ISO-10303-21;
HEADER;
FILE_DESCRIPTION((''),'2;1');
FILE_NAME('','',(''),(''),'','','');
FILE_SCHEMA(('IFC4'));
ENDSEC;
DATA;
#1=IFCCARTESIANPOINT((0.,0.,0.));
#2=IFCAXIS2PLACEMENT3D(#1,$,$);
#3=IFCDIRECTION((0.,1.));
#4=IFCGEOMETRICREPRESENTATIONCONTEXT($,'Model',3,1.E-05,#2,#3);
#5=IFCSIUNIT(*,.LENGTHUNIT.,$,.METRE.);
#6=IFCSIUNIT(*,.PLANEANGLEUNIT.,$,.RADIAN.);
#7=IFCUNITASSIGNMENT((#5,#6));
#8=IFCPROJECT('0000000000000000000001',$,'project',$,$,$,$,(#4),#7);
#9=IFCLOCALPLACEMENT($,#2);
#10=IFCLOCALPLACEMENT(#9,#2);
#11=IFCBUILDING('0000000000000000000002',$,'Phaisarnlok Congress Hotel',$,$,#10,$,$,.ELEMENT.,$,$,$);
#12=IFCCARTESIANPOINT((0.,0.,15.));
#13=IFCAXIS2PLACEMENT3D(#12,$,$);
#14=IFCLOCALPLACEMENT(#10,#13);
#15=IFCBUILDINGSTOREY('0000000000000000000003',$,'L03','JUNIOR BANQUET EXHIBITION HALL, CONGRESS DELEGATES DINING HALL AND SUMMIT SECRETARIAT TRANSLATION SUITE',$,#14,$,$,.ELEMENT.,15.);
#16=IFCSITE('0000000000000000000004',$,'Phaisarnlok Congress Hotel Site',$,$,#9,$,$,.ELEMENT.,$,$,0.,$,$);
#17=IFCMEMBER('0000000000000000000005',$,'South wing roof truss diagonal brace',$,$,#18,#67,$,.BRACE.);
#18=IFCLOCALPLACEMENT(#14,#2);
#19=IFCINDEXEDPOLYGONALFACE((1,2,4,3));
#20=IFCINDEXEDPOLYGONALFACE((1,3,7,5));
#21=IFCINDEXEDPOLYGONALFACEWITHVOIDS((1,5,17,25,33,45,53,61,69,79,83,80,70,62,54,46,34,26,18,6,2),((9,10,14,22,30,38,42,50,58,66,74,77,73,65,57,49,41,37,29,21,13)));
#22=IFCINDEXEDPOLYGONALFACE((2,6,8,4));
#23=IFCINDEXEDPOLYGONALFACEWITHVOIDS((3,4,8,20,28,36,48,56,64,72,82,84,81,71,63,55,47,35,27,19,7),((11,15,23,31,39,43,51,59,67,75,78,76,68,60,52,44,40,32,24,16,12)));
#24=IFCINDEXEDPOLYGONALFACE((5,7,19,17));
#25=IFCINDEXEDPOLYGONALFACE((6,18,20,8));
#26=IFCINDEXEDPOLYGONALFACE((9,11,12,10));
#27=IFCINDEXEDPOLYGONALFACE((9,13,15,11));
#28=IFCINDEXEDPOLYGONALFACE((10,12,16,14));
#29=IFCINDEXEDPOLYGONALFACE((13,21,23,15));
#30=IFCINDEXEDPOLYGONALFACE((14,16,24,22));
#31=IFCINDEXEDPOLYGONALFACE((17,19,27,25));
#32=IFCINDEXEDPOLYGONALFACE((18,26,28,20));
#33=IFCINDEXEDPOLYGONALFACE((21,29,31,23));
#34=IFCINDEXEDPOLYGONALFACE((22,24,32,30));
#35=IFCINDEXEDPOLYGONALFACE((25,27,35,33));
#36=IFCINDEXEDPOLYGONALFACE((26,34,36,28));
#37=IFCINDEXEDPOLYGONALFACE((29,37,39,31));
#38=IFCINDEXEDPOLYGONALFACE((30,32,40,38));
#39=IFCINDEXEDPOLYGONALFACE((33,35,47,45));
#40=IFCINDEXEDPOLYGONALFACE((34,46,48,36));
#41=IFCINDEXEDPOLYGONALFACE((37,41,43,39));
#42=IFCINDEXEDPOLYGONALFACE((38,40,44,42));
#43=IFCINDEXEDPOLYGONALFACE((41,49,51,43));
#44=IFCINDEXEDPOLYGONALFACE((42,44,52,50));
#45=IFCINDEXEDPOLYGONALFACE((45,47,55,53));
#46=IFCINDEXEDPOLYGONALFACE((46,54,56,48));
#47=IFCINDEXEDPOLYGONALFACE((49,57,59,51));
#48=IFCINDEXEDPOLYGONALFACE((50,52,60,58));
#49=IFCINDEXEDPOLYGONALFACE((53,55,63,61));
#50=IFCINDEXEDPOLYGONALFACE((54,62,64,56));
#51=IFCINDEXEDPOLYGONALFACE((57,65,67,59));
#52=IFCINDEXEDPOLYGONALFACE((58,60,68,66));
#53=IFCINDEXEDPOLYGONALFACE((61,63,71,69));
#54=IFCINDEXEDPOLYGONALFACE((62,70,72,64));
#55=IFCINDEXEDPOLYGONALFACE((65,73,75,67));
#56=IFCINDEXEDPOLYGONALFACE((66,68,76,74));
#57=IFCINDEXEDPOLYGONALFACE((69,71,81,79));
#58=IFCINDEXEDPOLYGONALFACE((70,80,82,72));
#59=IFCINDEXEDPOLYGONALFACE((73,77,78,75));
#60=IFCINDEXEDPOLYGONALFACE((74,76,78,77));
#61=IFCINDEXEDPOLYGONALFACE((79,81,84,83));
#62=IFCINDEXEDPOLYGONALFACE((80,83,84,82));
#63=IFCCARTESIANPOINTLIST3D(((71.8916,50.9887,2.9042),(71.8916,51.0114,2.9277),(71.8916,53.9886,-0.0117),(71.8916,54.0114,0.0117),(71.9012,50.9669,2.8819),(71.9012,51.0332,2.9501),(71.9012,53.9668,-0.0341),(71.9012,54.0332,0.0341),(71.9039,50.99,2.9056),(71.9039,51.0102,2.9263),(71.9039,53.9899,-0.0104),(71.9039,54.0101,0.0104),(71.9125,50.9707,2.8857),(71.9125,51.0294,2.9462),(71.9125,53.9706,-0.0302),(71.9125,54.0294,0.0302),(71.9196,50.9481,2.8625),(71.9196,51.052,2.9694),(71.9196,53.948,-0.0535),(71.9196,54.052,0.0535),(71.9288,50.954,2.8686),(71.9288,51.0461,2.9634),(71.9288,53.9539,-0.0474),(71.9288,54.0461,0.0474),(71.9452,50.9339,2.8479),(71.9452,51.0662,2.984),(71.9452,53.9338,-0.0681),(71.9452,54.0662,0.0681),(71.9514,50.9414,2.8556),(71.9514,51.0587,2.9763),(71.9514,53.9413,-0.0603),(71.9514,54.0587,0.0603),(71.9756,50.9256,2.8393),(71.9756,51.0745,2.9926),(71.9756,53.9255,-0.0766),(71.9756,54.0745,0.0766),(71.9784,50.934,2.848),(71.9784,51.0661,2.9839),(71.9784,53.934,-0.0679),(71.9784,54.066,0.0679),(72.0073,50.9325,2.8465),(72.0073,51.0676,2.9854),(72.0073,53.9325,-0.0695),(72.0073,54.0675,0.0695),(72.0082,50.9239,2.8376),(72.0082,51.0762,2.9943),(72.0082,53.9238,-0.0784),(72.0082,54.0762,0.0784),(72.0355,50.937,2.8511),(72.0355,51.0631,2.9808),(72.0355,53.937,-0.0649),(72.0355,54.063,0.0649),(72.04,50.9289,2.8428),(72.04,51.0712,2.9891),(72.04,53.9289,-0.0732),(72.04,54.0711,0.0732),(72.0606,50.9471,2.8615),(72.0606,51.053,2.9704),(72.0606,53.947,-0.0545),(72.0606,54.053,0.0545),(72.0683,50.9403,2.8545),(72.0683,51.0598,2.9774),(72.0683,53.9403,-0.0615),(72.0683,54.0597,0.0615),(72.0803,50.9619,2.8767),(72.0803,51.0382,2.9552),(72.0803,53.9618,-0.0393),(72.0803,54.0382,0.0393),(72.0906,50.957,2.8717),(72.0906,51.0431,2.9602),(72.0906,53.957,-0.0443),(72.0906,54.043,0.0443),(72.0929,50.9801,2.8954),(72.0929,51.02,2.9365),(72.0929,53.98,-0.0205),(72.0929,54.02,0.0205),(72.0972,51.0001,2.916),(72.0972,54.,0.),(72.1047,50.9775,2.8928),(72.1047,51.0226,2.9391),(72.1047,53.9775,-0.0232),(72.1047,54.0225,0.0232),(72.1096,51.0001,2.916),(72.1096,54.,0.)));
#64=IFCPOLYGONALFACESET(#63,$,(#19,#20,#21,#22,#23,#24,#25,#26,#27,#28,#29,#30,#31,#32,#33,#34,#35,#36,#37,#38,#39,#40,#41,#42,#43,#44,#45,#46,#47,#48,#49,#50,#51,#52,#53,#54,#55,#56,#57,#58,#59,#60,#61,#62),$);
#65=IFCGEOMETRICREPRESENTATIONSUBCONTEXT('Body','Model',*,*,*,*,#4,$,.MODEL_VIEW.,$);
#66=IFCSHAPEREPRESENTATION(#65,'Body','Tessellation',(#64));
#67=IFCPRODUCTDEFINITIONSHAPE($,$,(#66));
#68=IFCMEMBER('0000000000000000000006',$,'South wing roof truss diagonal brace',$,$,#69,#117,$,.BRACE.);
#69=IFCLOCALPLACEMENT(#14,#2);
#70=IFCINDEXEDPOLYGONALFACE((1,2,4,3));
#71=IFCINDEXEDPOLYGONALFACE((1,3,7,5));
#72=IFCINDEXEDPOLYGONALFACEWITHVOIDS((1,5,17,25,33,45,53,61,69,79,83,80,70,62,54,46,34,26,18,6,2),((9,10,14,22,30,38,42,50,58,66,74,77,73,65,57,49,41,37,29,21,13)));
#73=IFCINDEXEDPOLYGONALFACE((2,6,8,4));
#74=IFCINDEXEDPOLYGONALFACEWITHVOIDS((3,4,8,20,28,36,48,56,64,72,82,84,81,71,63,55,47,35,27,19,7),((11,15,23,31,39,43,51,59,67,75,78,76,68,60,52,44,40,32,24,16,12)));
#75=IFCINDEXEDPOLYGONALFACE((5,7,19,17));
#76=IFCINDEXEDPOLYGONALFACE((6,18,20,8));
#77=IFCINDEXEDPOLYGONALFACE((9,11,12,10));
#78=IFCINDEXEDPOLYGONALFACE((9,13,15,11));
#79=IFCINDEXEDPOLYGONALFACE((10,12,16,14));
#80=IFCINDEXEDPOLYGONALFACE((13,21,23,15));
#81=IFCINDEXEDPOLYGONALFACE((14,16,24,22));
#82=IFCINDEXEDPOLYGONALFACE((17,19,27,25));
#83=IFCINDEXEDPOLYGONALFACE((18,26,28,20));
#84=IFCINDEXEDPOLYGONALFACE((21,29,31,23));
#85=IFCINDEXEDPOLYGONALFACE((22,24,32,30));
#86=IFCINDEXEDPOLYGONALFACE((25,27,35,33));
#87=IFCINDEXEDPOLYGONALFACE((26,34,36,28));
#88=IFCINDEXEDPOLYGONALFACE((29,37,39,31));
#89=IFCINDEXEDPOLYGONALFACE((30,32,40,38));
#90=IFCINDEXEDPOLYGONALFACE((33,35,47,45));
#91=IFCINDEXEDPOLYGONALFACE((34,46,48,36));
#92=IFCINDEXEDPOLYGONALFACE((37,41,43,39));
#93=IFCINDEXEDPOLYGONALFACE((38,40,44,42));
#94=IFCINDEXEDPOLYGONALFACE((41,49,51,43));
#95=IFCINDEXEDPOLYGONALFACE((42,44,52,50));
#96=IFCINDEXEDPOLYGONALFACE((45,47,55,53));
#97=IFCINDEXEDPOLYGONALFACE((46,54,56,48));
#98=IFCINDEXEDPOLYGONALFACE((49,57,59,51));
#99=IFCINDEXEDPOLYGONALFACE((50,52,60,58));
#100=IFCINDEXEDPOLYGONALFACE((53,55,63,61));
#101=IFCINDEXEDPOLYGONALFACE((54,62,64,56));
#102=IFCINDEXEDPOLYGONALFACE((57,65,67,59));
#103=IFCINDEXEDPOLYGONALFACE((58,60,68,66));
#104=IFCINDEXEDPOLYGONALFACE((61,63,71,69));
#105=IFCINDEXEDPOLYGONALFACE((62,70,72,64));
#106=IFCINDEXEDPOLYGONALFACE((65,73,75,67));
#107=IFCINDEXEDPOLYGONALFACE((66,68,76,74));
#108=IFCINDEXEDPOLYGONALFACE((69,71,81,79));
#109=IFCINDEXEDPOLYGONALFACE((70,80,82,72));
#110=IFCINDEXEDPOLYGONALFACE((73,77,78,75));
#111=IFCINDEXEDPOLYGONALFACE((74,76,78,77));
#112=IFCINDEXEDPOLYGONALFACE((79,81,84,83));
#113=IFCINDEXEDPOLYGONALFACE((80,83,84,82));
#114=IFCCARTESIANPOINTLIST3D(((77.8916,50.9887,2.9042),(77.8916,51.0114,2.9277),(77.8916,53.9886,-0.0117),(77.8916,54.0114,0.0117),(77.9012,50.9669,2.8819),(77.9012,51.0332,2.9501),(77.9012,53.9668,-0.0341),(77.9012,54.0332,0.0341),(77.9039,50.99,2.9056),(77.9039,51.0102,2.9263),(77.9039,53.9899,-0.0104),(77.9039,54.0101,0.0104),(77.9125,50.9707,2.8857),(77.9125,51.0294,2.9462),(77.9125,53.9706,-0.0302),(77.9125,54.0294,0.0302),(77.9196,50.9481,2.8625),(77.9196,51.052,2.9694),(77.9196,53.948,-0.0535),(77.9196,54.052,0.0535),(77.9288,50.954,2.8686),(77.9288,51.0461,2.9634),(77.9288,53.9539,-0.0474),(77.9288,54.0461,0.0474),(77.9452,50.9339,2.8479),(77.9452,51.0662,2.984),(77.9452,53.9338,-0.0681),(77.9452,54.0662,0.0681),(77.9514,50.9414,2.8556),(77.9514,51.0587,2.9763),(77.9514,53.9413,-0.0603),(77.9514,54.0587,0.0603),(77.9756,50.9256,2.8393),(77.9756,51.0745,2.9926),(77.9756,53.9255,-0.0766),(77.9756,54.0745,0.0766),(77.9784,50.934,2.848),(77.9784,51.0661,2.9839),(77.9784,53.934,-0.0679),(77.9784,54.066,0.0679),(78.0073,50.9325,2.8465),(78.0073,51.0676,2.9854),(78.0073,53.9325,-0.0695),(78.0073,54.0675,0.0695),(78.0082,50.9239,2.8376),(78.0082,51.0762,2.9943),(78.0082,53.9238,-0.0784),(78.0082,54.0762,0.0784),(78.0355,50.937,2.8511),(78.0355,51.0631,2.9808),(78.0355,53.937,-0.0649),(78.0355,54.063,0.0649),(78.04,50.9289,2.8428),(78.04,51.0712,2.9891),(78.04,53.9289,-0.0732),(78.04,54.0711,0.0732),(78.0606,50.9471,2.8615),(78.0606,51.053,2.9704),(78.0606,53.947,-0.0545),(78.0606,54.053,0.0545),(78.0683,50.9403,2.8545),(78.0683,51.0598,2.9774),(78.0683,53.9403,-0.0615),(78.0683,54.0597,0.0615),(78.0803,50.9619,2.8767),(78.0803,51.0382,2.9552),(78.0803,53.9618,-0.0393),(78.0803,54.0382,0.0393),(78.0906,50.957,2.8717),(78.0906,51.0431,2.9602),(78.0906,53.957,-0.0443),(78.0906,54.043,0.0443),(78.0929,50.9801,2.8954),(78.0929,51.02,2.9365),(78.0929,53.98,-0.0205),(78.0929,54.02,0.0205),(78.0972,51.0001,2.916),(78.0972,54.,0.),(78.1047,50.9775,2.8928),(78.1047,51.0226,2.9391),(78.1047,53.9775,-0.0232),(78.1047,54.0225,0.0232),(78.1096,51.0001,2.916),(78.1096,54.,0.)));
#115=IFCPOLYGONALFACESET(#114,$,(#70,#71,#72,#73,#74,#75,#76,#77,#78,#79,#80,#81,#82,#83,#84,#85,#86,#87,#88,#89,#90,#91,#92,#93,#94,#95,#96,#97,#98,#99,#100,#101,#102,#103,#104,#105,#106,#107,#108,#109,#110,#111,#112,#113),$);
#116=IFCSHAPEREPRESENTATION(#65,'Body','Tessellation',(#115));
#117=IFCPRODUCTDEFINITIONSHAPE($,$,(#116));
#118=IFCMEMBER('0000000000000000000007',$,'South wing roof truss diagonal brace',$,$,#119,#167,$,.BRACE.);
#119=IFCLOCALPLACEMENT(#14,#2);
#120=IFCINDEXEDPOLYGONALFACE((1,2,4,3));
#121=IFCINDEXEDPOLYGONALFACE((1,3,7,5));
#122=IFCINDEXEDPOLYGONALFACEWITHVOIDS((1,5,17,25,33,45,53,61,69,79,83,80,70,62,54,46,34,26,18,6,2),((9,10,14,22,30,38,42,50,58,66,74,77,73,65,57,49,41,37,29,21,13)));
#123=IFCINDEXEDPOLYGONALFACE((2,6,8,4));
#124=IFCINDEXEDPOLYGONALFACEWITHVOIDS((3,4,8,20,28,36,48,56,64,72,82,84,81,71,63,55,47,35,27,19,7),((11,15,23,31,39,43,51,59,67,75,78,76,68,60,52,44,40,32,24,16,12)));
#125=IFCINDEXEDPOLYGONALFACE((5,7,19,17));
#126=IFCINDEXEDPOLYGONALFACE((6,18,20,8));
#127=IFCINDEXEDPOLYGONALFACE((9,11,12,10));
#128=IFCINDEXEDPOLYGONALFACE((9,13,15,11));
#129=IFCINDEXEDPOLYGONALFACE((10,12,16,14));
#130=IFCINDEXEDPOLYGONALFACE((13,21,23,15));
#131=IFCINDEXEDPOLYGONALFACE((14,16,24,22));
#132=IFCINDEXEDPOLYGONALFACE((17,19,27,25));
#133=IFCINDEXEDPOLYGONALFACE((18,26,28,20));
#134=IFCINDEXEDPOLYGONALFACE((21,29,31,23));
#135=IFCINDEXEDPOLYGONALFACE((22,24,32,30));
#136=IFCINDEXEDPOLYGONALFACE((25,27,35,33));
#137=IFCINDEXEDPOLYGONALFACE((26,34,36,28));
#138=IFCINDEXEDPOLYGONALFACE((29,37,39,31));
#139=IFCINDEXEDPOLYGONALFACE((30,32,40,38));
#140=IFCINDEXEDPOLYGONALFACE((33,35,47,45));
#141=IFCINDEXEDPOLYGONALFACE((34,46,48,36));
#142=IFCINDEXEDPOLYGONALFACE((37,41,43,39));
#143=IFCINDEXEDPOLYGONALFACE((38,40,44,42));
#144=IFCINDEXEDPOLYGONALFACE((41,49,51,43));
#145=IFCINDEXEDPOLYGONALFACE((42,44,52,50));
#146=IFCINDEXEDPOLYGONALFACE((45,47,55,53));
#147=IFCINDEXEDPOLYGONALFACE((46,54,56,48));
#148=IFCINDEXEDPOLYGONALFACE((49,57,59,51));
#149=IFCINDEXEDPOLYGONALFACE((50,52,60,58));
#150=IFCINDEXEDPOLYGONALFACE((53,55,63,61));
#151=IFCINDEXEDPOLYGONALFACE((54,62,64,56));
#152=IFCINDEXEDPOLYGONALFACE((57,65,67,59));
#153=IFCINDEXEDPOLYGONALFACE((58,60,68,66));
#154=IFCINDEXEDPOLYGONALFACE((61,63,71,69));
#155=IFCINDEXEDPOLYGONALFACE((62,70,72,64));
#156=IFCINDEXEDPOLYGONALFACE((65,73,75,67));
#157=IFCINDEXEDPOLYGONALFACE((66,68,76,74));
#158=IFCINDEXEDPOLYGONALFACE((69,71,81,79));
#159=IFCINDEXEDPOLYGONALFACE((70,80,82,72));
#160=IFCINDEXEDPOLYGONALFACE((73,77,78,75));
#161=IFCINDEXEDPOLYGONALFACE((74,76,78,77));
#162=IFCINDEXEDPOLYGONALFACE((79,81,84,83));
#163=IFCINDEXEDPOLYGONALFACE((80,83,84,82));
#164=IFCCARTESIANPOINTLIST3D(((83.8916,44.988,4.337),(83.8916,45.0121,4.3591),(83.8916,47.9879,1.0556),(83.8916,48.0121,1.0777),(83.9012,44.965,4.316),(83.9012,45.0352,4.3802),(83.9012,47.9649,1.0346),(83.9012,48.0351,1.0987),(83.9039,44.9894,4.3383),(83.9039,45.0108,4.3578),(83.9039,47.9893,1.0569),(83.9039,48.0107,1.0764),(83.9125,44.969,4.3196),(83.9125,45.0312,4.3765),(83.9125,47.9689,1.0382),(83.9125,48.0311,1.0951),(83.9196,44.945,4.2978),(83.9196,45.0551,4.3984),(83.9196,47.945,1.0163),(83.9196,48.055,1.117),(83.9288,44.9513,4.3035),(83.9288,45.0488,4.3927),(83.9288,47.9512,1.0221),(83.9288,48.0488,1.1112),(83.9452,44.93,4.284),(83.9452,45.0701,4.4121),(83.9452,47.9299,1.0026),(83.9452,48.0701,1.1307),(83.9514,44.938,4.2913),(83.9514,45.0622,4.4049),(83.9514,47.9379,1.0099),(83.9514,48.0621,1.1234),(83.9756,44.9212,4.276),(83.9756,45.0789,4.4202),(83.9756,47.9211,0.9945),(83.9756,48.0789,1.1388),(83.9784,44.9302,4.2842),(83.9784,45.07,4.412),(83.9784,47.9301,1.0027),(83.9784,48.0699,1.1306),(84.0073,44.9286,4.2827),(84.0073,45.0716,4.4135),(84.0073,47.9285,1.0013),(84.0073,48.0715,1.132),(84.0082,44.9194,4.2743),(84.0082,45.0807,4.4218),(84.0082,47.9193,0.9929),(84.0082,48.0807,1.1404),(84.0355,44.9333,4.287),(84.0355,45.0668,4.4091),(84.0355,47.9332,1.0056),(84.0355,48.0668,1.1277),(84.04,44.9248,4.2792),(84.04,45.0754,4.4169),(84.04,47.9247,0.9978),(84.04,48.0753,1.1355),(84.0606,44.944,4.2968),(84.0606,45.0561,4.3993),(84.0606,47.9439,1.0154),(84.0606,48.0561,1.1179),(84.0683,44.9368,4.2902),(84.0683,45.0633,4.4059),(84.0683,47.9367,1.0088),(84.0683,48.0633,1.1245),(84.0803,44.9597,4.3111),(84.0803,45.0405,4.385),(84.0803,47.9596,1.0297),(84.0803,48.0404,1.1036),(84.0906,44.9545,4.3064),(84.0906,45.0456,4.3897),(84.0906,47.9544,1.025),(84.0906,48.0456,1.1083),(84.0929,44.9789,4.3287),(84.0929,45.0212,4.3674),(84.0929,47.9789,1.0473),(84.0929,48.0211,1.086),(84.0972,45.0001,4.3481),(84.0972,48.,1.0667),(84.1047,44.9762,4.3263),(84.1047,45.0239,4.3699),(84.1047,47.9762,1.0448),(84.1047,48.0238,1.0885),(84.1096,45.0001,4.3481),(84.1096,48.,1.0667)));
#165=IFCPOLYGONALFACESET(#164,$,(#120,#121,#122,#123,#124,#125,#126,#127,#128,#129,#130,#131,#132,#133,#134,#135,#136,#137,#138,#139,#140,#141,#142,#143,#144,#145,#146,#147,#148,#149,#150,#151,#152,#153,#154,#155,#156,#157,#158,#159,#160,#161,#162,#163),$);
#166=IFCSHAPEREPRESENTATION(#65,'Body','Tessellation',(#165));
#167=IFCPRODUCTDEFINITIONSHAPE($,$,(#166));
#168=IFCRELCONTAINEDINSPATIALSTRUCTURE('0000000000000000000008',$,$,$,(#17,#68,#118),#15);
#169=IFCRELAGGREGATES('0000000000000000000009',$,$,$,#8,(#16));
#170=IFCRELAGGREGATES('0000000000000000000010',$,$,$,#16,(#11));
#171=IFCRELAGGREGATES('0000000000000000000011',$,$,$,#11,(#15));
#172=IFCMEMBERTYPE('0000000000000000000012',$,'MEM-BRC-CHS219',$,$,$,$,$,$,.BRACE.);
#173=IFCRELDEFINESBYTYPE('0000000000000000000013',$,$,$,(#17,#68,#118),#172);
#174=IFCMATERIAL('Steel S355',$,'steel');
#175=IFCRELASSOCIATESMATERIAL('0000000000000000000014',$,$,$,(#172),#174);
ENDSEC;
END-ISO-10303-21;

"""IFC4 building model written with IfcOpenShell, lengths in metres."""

from ifc_helpers import new_model, si_unit, direction, frame, origin, origin_2d, place, context, subcontext, project, spatial, hollow_circle, extrude, material, material_profile, profile_set, type_object, element, save


model = new_model("IFC4")

# Units and contexts
model_context = context("Model", 3, precision=1e-05, world=origin(), true_north=direction((0.0, 1.0)))
body_context = subcontext(model_context, "Body", "Model", "MODEL_VIEW")
ifc_project = project(units=[si_unit("LENGTHUNIT", "METRE"), si_unit("PLANEANGLEUNIT", "RADIAN")], contexts=[model_context])

# Site, building, storey
site_placement = place(None, origin())
site = spatial("IfcSite", under=ifc_project, at=site_placement, Name="Phaisarnlok Congress Hotel Site", CompositionType="ELEMENT", RefElevation=0.0)
building_placement = place(site_placement, origin())
building = spatial("IfcBuilding", under=site, at=building_placement, Name="Phaisarnlok Congress Hotel", CompositionType="ELEMENT")
storey_placement = place(building_placement, frame((0.0, 0.0, 15.0)))
storey = spatial("IfcBuildingStorey", under=building, at=storey_placement, Name="L03", Description="JUNIOR BANQUET EXHIBITION HALL, CONGRESS DELEGATES DINING HALL AND SUMMIT SECRETARIAT TRANSLATION SUITE", CompositionType="ELEMENT", Elevation=15.0)

# Shared definitions
ifc_material_1 = material(Name="Steel S355", Category="steel")

# Members
ifc_material_profile_1 = material_profile(ifc_material_1, hollow_circle(Radius=0.1096, WallThickness=0.0125, at=origin_2d()), Name="CHS 219.1x12.5")
ifc_profile_set_1 = profile_set([ifc_material_profile_1], Name="Steel S355")
member_type_1 = type_object("IfcMemberType", Name="MEM-BRC-CHS219", PredefinedType="BRACE", material=ifc_profile_set_1)
for number, where, z_axis, x_axis, name in (
    (1, (72.0, 54.0, 0.0), (0.0, -0.717073, 0.696998), (1.0, 0.0, 0.0), "South wing roof truss diagonal brace"),
    (2, (78.0, 54.0, 0.0), (0.0, -0.717073, 0.696998), (1.0, 0.0, 0.0), "South wing roof truss diagonal brace"),
):
    element("IfcMember", number, at=place(storey_placement, frame(where, z_axis=z_axis, x_axis=x_axis)), inside=storey, type_object=member_type_1, Name=name, PredefinedType="BRACE", context=body_context, shape_type="SweptSolid", body=[
        extrude(hollow_circle(Radius=0.1096, WallThickness=0.0125, at=origin_2d()), origin(), (0.0, 0.0, 1.0), 4.1836),
    ])
member_1_placement = place(storey_placement, frame((84.0, 48.0, 1.0667), z_axis=(0.0, -0.674742, 0.738054), x_axis=(1.0, 0.0, 0.0)))
element("IfcMember", 3, at=member_1_placement, inside=storey, type_object=member_type_1, Name="South wing roof truss diagonal brace", PredefinedType="BRACE", context=body_context, shape_type="SweptSolid", body=[
    extrude(hollow_circle(Radius=0.1096, WallThickness=0.0125, at=origin_2d()), origin(), (0.0, 0.0, 1.0), 4.446),
])

save(model, "model.ifc")
